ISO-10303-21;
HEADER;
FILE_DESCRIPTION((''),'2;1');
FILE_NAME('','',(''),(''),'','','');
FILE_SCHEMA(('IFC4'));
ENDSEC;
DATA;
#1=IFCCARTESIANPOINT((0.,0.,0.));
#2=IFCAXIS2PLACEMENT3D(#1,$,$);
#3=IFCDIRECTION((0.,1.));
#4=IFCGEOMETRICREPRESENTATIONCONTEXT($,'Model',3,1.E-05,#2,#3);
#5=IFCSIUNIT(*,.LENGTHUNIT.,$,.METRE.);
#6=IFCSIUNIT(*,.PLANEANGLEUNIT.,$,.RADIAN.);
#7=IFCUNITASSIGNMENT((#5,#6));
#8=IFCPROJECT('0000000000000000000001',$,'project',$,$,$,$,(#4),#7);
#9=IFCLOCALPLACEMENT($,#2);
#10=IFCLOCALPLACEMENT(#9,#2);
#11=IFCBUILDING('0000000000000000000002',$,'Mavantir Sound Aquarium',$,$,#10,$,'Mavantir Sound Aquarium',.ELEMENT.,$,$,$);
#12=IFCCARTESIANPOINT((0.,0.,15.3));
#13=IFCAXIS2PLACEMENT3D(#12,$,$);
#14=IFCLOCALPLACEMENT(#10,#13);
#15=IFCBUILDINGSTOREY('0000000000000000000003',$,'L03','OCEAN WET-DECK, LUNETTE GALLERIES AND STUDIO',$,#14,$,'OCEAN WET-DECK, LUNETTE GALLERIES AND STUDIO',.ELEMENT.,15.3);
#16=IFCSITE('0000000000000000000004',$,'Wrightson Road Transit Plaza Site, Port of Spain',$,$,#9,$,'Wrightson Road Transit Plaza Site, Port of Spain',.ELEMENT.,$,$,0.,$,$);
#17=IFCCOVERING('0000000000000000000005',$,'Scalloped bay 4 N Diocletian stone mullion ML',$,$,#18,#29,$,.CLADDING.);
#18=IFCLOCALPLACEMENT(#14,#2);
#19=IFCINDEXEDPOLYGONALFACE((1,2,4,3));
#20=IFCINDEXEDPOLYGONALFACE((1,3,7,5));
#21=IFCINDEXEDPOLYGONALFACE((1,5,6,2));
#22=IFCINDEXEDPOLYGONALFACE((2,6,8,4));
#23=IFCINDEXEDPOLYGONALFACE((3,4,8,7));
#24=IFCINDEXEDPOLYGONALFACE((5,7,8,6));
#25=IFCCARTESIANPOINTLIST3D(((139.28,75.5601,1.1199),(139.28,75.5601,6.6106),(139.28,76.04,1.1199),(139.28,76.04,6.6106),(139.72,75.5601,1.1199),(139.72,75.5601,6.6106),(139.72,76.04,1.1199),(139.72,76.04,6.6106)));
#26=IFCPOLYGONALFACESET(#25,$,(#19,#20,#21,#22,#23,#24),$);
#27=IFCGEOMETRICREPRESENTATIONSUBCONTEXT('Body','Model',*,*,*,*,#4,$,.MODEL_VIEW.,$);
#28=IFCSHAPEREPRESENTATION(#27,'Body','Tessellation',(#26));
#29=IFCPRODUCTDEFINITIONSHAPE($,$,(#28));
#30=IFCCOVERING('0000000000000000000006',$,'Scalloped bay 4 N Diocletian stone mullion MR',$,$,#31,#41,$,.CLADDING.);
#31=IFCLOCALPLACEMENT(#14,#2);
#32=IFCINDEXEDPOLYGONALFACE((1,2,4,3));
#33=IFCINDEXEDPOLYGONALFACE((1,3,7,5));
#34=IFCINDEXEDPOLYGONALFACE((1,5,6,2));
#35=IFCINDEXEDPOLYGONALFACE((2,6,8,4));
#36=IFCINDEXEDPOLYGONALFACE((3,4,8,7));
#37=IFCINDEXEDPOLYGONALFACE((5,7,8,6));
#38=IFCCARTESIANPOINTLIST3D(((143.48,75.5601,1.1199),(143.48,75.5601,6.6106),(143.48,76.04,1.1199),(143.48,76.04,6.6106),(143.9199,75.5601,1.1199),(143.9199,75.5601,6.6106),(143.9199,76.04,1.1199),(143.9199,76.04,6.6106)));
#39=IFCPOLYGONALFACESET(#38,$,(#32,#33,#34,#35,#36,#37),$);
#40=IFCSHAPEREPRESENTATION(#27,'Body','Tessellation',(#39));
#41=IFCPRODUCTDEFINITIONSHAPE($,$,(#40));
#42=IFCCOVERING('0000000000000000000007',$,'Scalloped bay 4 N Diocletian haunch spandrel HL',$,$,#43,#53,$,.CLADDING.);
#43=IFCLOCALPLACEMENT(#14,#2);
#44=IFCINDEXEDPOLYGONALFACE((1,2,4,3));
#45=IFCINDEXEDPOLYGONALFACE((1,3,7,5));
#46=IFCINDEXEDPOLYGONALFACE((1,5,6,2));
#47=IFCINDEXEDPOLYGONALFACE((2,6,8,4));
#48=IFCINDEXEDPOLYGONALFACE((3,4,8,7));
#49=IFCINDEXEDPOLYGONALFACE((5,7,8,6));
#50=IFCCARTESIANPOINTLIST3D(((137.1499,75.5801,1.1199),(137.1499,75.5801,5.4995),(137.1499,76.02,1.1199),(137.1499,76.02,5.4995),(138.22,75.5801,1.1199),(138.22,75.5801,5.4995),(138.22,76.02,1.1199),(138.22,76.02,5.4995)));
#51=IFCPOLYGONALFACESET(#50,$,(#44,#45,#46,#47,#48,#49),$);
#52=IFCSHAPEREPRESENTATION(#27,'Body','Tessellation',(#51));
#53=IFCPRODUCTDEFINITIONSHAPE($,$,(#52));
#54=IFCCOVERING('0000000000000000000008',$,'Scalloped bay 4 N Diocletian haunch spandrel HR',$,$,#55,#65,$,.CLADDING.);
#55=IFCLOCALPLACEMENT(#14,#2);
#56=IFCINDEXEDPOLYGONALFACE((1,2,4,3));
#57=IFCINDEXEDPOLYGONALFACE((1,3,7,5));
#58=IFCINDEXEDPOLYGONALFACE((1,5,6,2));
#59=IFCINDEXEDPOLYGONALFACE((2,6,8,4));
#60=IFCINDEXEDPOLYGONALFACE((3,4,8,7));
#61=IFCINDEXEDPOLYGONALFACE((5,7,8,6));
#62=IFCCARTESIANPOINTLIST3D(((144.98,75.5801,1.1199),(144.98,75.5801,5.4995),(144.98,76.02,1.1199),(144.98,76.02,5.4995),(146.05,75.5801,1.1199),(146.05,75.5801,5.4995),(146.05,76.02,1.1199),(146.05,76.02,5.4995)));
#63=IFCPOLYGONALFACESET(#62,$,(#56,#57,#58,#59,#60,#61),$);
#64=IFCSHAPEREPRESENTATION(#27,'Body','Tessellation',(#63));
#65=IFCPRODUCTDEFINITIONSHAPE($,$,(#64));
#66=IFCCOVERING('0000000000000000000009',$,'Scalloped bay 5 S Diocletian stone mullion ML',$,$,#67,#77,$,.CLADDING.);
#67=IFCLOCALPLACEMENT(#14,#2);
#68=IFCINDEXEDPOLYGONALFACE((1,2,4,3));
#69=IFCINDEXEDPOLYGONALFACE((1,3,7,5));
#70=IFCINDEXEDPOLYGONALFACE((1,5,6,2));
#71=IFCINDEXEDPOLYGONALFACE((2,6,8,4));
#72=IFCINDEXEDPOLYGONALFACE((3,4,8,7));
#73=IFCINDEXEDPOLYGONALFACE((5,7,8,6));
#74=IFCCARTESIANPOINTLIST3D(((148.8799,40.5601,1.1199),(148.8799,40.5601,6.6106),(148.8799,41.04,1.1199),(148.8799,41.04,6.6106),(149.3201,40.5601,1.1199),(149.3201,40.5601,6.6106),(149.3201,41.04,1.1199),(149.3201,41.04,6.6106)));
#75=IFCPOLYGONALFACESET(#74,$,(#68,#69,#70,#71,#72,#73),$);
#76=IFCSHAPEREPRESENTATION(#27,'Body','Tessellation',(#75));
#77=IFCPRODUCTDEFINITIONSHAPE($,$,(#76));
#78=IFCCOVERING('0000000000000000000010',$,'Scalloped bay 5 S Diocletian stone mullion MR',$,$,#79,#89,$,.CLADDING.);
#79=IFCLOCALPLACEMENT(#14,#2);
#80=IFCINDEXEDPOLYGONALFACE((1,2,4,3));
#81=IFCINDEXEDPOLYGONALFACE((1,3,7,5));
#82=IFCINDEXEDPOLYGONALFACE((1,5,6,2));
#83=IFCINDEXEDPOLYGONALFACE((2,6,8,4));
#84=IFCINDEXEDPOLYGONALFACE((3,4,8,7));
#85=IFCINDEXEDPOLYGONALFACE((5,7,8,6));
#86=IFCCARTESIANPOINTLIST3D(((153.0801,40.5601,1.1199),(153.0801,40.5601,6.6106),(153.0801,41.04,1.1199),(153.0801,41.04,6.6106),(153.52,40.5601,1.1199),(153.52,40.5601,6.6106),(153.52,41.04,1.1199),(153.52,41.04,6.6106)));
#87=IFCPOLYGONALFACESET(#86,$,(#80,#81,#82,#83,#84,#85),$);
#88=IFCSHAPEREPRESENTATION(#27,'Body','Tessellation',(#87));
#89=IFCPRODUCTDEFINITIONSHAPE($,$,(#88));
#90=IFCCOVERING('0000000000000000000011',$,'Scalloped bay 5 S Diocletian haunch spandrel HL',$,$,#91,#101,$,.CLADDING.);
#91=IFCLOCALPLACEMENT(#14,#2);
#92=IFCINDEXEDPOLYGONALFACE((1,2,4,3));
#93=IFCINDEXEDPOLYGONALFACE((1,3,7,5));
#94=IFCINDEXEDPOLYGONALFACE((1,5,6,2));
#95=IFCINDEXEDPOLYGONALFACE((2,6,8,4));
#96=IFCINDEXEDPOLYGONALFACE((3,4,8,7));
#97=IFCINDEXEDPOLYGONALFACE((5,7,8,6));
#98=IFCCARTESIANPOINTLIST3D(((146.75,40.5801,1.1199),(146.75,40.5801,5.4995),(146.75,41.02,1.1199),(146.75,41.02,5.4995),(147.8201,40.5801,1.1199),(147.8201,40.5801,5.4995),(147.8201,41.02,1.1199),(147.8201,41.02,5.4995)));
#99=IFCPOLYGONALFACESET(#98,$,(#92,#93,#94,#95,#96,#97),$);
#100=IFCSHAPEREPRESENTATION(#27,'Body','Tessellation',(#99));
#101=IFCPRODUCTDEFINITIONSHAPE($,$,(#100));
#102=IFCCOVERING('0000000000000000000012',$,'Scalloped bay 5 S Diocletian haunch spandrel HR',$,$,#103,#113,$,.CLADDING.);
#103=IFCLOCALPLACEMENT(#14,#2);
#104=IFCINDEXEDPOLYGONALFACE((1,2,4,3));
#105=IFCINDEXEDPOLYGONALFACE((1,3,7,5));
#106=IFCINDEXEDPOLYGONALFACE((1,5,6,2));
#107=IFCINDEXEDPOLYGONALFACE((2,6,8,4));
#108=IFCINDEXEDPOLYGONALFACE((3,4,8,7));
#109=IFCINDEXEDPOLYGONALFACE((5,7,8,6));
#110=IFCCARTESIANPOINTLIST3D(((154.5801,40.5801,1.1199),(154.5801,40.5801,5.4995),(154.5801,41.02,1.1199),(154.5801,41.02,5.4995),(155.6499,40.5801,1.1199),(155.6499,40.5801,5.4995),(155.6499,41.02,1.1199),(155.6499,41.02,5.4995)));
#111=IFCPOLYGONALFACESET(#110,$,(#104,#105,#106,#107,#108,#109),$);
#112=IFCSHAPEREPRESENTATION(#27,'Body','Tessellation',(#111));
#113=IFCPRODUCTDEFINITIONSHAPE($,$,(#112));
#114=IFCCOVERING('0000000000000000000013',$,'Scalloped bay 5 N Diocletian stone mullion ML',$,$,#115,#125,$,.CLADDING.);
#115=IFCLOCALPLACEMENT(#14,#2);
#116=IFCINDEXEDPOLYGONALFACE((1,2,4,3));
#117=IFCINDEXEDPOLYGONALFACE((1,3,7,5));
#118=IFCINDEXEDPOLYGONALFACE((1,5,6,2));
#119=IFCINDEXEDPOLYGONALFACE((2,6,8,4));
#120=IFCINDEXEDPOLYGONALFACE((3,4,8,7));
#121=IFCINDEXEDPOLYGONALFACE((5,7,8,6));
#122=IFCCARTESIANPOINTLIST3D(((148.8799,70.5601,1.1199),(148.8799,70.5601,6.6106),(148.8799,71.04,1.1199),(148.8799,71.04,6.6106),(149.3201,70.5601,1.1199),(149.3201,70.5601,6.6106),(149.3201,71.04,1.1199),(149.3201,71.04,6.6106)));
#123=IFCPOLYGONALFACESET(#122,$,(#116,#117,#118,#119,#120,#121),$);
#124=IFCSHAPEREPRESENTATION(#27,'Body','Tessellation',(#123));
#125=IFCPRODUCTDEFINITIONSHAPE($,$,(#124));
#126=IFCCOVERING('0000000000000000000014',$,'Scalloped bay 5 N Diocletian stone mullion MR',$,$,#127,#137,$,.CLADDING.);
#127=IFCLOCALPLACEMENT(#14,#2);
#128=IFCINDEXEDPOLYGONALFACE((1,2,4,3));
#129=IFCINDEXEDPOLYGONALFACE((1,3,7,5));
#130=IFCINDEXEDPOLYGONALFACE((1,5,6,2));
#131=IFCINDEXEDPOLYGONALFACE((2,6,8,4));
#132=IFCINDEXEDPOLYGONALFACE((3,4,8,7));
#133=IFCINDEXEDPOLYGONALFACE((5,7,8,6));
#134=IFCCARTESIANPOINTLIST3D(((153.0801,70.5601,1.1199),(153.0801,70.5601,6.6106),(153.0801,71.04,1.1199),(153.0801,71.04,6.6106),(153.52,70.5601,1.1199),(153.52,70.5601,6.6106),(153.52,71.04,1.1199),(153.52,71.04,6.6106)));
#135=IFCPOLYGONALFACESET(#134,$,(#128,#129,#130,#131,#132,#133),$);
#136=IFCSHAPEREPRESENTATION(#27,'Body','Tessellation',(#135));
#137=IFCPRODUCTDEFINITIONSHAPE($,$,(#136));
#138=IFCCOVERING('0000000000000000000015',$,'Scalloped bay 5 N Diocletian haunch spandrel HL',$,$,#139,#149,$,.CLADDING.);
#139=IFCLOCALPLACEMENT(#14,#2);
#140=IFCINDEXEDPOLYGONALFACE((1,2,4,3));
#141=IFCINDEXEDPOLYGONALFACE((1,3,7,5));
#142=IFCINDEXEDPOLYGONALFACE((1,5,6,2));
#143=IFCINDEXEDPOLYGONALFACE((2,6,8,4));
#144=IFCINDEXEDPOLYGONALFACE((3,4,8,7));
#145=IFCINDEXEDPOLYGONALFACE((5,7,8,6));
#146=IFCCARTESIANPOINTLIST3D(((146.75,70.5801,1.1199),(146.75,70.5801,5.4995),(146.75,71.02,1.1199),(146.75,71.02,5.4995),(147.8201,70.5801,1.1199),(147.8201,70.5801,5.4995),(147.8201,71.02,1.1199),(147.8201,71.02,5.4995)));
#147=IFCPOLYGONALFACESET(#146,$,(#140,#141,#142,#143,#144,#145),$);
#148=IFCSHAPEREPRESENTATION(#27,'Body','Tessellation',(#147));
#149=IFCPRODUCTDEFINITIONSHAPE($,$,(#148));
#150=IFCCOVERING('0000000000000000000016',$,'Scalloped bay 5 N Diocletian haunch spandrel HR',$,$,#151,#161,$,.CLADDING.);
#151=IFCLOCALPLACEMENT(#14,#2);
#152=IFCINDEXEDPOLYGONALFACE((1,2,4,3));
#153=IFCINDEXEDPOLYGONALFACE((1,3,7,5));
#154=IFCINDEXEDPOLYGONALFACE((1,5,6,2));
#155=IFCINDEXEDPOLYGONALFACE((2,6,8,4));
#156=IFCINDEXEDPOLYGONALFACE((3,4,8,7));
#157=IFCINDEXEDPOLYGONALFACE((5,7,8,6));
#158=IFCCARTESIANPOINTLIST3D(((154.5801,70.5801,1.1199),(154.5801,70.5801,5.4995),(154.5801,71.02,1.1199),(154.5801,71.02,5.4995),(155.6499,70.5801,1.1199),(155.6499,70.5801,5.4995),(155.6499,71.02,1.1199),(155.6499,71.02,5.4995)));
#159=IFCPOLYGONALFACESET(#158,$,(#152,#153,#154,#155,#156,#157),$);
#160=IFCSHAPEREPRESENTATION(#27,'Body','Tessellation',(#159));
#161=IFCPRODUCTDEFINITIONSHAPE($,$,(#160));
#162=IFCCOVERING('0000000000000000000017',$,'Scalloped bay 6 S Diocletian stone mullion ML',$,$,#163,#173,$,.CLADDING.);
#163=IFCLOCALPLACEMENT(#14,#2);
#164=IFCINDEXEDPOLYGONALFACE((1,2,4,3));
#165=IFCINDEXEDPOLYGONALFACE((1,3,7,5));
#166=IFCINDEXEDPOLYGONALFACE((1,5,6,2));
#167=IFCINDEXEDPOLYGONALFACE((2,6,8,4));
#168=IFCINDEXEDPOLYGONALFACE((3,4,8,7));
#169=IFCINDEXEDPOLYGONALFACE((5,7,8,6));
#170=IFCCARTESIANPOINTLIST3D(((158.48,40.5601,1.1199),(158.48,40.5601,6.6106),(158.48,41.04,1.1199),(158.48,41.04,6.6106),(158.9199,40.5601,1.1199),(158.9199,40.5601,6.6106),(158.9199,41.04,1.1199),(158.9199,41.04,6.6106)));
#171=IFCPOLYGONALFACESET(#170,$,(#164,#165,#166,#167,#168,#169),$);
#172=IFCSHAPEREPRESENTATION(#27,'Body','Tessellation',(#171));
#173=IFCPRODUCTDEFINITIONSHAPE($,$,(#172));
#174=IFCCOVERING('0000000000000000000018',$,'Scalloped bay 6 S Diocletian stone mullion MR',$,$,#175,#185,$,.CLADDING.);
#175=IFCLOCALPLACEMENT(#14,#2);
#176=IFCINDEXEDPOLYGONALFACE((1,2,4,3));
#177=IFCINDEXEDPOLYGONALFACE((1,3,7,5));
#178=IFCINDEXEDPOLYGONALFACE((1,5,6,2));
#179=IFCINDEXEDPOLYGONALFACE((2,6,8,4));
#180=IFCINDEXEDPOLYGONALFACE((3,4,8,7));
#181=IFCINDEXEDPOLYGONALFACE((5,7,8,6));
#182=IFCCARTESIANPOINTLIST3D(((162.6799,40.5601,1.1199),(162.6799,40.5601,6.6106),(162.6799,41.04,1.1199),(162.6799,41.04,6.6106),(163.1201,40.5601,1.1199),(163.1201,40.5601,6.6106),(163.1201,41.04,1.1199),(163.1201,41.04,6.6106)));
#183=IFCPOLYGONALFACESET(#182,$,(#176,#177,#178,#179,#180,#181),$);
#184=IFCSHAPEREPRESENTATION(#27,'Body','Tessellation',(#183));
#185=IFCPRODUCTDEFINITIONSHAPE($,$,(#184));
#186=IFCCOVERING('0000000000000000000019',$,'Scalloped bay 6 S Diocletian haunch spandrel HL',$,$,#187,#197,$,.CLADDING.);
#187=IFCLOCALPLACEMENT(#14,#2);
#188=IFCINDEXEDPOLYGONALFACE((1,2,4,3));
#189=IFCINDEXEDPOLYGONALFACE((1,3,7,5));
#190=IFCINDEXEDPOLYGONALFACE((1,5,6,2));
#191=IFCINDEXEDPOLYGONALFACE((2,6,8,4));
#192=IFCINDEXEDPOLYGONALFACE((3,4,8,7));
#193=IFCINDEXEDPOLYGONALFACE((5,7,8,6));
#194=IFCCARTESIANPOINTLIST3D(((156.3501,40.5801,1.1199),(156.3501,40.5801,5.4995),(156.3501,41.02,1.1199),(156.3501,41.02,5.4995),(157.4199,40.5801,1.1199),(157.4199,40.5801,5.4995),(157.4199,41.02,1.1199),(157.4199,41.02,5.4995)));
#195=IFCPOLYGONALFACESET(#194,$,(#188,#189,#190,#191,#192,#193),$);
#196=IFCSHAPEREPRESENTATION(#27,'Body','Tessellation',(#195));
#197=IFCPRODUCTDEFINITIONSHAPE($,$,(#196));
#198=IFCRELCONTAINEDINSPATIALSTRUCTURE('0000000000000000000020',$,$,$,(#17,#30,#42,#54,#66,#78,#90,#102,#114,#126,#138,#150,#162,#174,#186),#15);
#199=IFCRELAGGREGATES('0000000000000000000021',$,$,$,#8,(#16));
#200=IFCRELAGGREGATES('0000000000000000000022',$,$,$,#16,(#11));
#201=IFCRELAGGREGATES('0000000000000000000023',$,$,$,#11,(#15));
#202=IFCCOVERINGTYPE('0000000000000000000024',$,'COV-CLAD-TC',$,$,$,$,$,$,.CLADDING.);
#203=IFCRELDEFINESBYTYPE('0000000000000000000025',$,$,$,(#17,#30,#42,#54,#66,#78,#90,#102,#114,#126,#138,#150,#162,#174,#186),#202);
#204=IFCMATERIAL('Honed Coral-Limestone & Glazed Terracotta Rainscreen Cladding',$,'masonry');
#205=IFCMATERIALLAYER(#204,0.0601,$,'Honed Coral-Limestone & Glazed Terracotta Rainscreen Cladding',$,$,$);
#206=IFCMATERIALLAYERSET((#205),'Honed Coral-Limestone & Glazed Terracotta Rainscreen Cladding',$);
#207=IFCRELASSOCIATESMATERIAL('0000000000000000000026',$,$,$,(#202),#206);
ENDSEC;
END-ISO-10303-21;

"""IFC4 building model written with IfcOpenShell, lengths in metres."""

from ifc_helpers import new_model, si_unit, direction, frame, origin, place, context, subcontext, project, spatial, polyline, outline, extrude, material, layer, layer_set, type_object, element, save


model = new_model("IFC4")

# Units and contexts
model_context = context("Model", 3, precision=1e-05, world=origin(), true_north=direction((0.0, 1.0)))
body_context = subcontext(model_context, "Body", "Model", "MODEL_VIEW")
ifc_project = project(units=[si_unit("LENGTHUNIT", "METRE"), si_unit("PLANEANGLEUNIT", "RADIAN")], contexts=[model_context])

# Site, building, storey
site_placement = place(None, origin())
site = spatial("IfcSite", under=ifc_project, at=site_placement, Name="Wrightson Road Transit Plaza Site, Port of Spain", LongName="Wrightson Road Transit Plaza Site, Port of Spain", CompositionType="ELEMENT", RefElevation=0.0)
building_placement = place(site_placement, origin())
building = spatial("IfcBuilding", under=site, at=building_placement, Name="Mavantir Sound Aquarium", LongName="Mavantir Sound Aquarium", CompositionType="ELEMENT")
storey_placement = place(building_placement, frame((0.0, 0.0, 15.3)))
storey = spatial("IfcBuildingStorey", under=building, at=storey_placement, Name="L03", Description="OCEAN WET-DECK, LUNETTE GALLERIES AND STUDIO", LongName="OCEAN WET-DECK, LUNETTE GALLERIES AND STUDIO", CompositionType="ELEMENT", Elevation=15.3)

# Coverings
ifc_material = material(Name="Honed Coral-Limestone & Glazed Terracotta Rainscreen Cladding", Category="masonry")
ifc_layer = layer(ifc_material, 0.0601, Name="Honed Coral-Limestone & Glazed Terracotta Rainscreen Cladding")
ifc_layer_set = layer_set([ifc_layer], Name="Honed Coral-Limestone & Glazed Terracotta Rainscreen Cladding")
covering_type = type_object("IfcCoveringType", Name="COV-CLAD-TC", PredefinedType="CLADDING", material=ifc_layer_set)
covering_1_placement = place(storey_placement, frame((0.0, 0.0, 1.1199)))
element("IfcCovering", 1, at=covering_1_placement, inside=storey, type_object=covering_type, Name="Scalloped bay 4 N Diocletian stone mullion ML", PredefinedType="CLADDING", context=body_context, shape_type="SweptSolid", body=[
    extrude(outline(polyline([(139.28, 75.5601), (139.72, 75.5601), (139.72, 76.04), (139.28, 76.04), (139.28, 75.5601)])), origin(), (0.0, 0.0, 1.0), 5.4907),
])
covering_2_placement = place(storey_placement, frame((0.0, 0.0, 1.1199)))
element("IfcCovering", 2, at=covering_2_placement, inside=storey, type_object=covering_type, Name="Scalloped bay 4 N Diocletian stone mullion MR", PredefinedType="CLADDING", context=body_context, shape_type="SweptSolid", body=[
    extrude(outline(polyline([(143.48, 75.5601), (143.9199, 75.5601), (143.9199, 76.04), (143.48, 76.04), (143.48, 75.5601)])), origin(), (0.0, 0.0, 1.0), 5.4907),
])
covering_3_placement = place(storey_placement, frame((0.0, 0.0, 1.1199)))
element("IfcCovering", 3, at=covering_3_placement, inside=storey, type_object=covering_type, Name="Scalloped bay 4 N Diocletian haunch spandrel HL", PredefinedType="CLADDING", context=body_context, shape_type="SweptSolid", body=[
    extrude(outline(polyline([(137.1499, 75.5801), (138.22, 75.5801), (138.22, 76.02), (137.1499, 76.02), (137.1499, 75.5801)])), origin(), (0.0, 0.0, 1.0), 4.3796),
])
covering_4_placement = place(storey_placement, frame((0.0, 0.0, 1.1199)))
element("IfcCovering", 4, at=covering_4_placement, inside=storey, type_object=covering_type, Name="Scalloped bay 4 N Diocletian haunch spandrel HR", PredefinedType="CLADDING", context=body_context, shape_type="SweptSolid", body=[
    extrude(outline(polyline([(144.98, 75.5801), (146.05, 75.5801), (146.05, 76.02), (144.98, 76.02), (144.98, 75.5801)])), origin(), (0.0, 0.0, 1.0), 4.3796),
])
covering_5_placement = place(storey_placement, frame((0.0, 0.0, 1.1199)))
element("IfcCovering", 5, at=covering_5_placement, inside=storey, type_object=covering_type, Name="Scalloped bay 5 S Diocletian stone mullion ML", PredefinedType="CLADDING", context=body_context, shape_type="SweptSolid", body=[
    extrude(outline(polyline([(148.8799, 40.5601), (149.3201, 40.5601), (149.3201, 41.04), (148.8799, 41.04), (148.8799, 40.5601)])), origin(), (0.0, 0.0, 1.0), 5.4907),
])
covering_6_placement = place(storey_placement, frame((0.0, 0.0, 1.1199)))
element("IfcCovering", 6, at=covering_6_placement, inside=storey, type_object=covering_type, Name="Scalloped bay 5 S Diocletian stone mullion MR", PredefinedType="CLADDING", context=body_context, shape_type="SweptSolid", body=[
    extrude(outline(polyline([(153.0801, 40.5601), (153.52, 40.5601), (153.52, 41.04), (153.0801, 41.04), (153.0801, 40.5601)])), origin(), (0.0, 0.0, 1.0), 5.4907),
])
covering_7_placement = place(storey_placement, frame((0.0, 0.0, 1.1199)))
element("IfcCovering", 7, at=covering_7_placement, inside=storey, type_object=covering_type, Name="Scalloped bay 5 S Diocletian haunch spandrel HL", PredefinedType="CLADDING", context=body_context, shape_type="SweptSolid", body=[
    extrude(outline(polyline([(146.75, 40.5801), (147.8201, 40.5801), (147.8201, 41.02), (146.75, 41.02), (146.75, 40.5801)])), origin(), (0.0, 0.0, 1.0), 4.3796),
])
covering_8_placement = place(storey_placement, frame((0.0, 0.0, 1.1199)))
element("IfcCovering", 8, at=covering_8_placement, inside=storey, type_object=covering_type, Name="Scalloped bay 5 S Diocletian haunch spandrel HR", PredefinedType="CLADDING", context=body_context, shape_type="SweptSolid", body=[
    extrude(outline(polyline([(154.5801, 40.5801), (155.6499, 40.5801), (155.6499, 41.02), (154.5801, 41.02), (154.5801, 40.5801)])), origin(), (0.0, 0.0, 1.0), 4.3796),
])
covering_9_placement = place(storey_placement, frame((0.0, 0.0, 1.1199)))
element("IfcCovering", 9, at=covering_9_placement, inside=storey, type_object=covering_type, Name="Scalloped bay 5 N Diocletian stone mullion ML", PredefinedType="CLADDING", context=body_context, shape_type="SweptSolid", body=[
    extrude(outline(polyline([(148.8799, 70.5601), (149.3201, 70.5601), (149.3201, 71.04), (148.8799, 71.04), (148.8799, 70.5601)])), origin(), (0.0, 0.0, 1.0), 5.4907),
])
covering_10_placement = place(storey_placement, frame((0.0, 0.0, 1.1199)))
element("IfcCovering", 10, at=covering_10_placement, inside=storey, type_object=covering_type, Name="Scalloped bay 5 N Diocletian stone mullion MR", PredefinedType="CLADDING", context=body_context, shape_type="SweptSolid", body=[
    extrude(outline(polyline([(153.0801, 70.5601), (153.52, 70.5601), (153.52, 71.04), (153.0801, 71.04), (153.0801, 70.5601)])), origin(), (0.0, 0.0, 1.0), 5.4907),
])
covering_11_placement = place(storey_placement, frame((0.0, 0.0, 1.1199)))
element("IfcCovering", 11, at=covering_11_placement, inside=storey, type_object=covering_type, Name="Scalloped bay 5 N Diocletian haunch spandrel HL", PredefinedType="CLADDING", context=body_context, shape_type="SweptSolid", body=[
    extrude(outline(polyline([(146.75, 70.5801), (147.8201, 70.5801), (147.8201, 71.02), (146.75, 71.02), (146.75, 70.5801)])), origin(), (0.0, 0.0, 1.0), 4.3796),
])
covering_12_placement = place(storey_placement, frame((0.0, 0.0, 1.1199)))
element("IfcCovering", 12, at=covering_12_placement, inside=storey, type_object=covering_type, Name="Scalloped bay 5 N Diocletian haunch spandrel HR", PredefinedType="CLADDING", context=body_context, shape_type="SweptSolid", body=[
    extrude(outline(polyline([(154.5801, 70.5801), (155.6499, 70.5801), (155.6499, 71.02), (154.5801, 71.02), (154.5801, 70.5801)])), origin(), (0.0, 0.0, 1.0), 4.3796),
])
covering_13_placement = place(storey_placement, frame((0.0, 0.0, 1.1199)))
element("IfcCovering", 13, at=covering_13_placement, inside=storey, type_object=covering_type, Name="Scalloped bay 6 S Diocletian stone mullion ML", PredefinedType="CLADDING", context=body_context, shape_type="SweptSolid", body=[
    extrude(outline(polyline([(158.48, 40.5601), (158.9199, 40.5601), (158.9199, 41.04), (158.48, 41.04), (158.48, 40.5601)])), origin(), (0.0, 0.0, 1.0), 5.4907),
])
covering_14_placement = place(storey_placement, frame((0.0, 0.0, 1.1199)))
element("IfcCovering", 14, at=covering_14_placement, inside=storey, type_object=covering_type, Name="Scalloped bay 6 S Diocletian stone mullion MR", PredefinedType="CLADDING", context=body_context, shape_type="SweptSolid", body=[
    extrude(outline(polyline([(162.6799, 40.5601), (163.1201, 40.5601), (163.1201, 41.04), (162.6799, 41.04), (162.6799, 40.5601)])), origin(), (0.0, 0.0, 1.0), 5.4907),
])
covering_15_placement = place(storey_placement, frame((0.0, 0.0, 1.1199)))
element("IfcCovering", 15, at=covering_15_placement, inside=storey, type_object=covering_type, Name="Scalloped bay 6 S Diocletian haunch spandrel HL", PredefinedType="CLADDING", context=body_context, shape_type="SweptSolid", body=[
    extrude(outline(polyline([(156.3501, 40.5801), (157.4199, 40.5801), (157.4199, 41.02), (156.3501, 41.02), (156.3501, 40.5801)])), origin(), (0.0, 0.0, 1.0), 4.3796),
])

save(model, "model.ifc")
